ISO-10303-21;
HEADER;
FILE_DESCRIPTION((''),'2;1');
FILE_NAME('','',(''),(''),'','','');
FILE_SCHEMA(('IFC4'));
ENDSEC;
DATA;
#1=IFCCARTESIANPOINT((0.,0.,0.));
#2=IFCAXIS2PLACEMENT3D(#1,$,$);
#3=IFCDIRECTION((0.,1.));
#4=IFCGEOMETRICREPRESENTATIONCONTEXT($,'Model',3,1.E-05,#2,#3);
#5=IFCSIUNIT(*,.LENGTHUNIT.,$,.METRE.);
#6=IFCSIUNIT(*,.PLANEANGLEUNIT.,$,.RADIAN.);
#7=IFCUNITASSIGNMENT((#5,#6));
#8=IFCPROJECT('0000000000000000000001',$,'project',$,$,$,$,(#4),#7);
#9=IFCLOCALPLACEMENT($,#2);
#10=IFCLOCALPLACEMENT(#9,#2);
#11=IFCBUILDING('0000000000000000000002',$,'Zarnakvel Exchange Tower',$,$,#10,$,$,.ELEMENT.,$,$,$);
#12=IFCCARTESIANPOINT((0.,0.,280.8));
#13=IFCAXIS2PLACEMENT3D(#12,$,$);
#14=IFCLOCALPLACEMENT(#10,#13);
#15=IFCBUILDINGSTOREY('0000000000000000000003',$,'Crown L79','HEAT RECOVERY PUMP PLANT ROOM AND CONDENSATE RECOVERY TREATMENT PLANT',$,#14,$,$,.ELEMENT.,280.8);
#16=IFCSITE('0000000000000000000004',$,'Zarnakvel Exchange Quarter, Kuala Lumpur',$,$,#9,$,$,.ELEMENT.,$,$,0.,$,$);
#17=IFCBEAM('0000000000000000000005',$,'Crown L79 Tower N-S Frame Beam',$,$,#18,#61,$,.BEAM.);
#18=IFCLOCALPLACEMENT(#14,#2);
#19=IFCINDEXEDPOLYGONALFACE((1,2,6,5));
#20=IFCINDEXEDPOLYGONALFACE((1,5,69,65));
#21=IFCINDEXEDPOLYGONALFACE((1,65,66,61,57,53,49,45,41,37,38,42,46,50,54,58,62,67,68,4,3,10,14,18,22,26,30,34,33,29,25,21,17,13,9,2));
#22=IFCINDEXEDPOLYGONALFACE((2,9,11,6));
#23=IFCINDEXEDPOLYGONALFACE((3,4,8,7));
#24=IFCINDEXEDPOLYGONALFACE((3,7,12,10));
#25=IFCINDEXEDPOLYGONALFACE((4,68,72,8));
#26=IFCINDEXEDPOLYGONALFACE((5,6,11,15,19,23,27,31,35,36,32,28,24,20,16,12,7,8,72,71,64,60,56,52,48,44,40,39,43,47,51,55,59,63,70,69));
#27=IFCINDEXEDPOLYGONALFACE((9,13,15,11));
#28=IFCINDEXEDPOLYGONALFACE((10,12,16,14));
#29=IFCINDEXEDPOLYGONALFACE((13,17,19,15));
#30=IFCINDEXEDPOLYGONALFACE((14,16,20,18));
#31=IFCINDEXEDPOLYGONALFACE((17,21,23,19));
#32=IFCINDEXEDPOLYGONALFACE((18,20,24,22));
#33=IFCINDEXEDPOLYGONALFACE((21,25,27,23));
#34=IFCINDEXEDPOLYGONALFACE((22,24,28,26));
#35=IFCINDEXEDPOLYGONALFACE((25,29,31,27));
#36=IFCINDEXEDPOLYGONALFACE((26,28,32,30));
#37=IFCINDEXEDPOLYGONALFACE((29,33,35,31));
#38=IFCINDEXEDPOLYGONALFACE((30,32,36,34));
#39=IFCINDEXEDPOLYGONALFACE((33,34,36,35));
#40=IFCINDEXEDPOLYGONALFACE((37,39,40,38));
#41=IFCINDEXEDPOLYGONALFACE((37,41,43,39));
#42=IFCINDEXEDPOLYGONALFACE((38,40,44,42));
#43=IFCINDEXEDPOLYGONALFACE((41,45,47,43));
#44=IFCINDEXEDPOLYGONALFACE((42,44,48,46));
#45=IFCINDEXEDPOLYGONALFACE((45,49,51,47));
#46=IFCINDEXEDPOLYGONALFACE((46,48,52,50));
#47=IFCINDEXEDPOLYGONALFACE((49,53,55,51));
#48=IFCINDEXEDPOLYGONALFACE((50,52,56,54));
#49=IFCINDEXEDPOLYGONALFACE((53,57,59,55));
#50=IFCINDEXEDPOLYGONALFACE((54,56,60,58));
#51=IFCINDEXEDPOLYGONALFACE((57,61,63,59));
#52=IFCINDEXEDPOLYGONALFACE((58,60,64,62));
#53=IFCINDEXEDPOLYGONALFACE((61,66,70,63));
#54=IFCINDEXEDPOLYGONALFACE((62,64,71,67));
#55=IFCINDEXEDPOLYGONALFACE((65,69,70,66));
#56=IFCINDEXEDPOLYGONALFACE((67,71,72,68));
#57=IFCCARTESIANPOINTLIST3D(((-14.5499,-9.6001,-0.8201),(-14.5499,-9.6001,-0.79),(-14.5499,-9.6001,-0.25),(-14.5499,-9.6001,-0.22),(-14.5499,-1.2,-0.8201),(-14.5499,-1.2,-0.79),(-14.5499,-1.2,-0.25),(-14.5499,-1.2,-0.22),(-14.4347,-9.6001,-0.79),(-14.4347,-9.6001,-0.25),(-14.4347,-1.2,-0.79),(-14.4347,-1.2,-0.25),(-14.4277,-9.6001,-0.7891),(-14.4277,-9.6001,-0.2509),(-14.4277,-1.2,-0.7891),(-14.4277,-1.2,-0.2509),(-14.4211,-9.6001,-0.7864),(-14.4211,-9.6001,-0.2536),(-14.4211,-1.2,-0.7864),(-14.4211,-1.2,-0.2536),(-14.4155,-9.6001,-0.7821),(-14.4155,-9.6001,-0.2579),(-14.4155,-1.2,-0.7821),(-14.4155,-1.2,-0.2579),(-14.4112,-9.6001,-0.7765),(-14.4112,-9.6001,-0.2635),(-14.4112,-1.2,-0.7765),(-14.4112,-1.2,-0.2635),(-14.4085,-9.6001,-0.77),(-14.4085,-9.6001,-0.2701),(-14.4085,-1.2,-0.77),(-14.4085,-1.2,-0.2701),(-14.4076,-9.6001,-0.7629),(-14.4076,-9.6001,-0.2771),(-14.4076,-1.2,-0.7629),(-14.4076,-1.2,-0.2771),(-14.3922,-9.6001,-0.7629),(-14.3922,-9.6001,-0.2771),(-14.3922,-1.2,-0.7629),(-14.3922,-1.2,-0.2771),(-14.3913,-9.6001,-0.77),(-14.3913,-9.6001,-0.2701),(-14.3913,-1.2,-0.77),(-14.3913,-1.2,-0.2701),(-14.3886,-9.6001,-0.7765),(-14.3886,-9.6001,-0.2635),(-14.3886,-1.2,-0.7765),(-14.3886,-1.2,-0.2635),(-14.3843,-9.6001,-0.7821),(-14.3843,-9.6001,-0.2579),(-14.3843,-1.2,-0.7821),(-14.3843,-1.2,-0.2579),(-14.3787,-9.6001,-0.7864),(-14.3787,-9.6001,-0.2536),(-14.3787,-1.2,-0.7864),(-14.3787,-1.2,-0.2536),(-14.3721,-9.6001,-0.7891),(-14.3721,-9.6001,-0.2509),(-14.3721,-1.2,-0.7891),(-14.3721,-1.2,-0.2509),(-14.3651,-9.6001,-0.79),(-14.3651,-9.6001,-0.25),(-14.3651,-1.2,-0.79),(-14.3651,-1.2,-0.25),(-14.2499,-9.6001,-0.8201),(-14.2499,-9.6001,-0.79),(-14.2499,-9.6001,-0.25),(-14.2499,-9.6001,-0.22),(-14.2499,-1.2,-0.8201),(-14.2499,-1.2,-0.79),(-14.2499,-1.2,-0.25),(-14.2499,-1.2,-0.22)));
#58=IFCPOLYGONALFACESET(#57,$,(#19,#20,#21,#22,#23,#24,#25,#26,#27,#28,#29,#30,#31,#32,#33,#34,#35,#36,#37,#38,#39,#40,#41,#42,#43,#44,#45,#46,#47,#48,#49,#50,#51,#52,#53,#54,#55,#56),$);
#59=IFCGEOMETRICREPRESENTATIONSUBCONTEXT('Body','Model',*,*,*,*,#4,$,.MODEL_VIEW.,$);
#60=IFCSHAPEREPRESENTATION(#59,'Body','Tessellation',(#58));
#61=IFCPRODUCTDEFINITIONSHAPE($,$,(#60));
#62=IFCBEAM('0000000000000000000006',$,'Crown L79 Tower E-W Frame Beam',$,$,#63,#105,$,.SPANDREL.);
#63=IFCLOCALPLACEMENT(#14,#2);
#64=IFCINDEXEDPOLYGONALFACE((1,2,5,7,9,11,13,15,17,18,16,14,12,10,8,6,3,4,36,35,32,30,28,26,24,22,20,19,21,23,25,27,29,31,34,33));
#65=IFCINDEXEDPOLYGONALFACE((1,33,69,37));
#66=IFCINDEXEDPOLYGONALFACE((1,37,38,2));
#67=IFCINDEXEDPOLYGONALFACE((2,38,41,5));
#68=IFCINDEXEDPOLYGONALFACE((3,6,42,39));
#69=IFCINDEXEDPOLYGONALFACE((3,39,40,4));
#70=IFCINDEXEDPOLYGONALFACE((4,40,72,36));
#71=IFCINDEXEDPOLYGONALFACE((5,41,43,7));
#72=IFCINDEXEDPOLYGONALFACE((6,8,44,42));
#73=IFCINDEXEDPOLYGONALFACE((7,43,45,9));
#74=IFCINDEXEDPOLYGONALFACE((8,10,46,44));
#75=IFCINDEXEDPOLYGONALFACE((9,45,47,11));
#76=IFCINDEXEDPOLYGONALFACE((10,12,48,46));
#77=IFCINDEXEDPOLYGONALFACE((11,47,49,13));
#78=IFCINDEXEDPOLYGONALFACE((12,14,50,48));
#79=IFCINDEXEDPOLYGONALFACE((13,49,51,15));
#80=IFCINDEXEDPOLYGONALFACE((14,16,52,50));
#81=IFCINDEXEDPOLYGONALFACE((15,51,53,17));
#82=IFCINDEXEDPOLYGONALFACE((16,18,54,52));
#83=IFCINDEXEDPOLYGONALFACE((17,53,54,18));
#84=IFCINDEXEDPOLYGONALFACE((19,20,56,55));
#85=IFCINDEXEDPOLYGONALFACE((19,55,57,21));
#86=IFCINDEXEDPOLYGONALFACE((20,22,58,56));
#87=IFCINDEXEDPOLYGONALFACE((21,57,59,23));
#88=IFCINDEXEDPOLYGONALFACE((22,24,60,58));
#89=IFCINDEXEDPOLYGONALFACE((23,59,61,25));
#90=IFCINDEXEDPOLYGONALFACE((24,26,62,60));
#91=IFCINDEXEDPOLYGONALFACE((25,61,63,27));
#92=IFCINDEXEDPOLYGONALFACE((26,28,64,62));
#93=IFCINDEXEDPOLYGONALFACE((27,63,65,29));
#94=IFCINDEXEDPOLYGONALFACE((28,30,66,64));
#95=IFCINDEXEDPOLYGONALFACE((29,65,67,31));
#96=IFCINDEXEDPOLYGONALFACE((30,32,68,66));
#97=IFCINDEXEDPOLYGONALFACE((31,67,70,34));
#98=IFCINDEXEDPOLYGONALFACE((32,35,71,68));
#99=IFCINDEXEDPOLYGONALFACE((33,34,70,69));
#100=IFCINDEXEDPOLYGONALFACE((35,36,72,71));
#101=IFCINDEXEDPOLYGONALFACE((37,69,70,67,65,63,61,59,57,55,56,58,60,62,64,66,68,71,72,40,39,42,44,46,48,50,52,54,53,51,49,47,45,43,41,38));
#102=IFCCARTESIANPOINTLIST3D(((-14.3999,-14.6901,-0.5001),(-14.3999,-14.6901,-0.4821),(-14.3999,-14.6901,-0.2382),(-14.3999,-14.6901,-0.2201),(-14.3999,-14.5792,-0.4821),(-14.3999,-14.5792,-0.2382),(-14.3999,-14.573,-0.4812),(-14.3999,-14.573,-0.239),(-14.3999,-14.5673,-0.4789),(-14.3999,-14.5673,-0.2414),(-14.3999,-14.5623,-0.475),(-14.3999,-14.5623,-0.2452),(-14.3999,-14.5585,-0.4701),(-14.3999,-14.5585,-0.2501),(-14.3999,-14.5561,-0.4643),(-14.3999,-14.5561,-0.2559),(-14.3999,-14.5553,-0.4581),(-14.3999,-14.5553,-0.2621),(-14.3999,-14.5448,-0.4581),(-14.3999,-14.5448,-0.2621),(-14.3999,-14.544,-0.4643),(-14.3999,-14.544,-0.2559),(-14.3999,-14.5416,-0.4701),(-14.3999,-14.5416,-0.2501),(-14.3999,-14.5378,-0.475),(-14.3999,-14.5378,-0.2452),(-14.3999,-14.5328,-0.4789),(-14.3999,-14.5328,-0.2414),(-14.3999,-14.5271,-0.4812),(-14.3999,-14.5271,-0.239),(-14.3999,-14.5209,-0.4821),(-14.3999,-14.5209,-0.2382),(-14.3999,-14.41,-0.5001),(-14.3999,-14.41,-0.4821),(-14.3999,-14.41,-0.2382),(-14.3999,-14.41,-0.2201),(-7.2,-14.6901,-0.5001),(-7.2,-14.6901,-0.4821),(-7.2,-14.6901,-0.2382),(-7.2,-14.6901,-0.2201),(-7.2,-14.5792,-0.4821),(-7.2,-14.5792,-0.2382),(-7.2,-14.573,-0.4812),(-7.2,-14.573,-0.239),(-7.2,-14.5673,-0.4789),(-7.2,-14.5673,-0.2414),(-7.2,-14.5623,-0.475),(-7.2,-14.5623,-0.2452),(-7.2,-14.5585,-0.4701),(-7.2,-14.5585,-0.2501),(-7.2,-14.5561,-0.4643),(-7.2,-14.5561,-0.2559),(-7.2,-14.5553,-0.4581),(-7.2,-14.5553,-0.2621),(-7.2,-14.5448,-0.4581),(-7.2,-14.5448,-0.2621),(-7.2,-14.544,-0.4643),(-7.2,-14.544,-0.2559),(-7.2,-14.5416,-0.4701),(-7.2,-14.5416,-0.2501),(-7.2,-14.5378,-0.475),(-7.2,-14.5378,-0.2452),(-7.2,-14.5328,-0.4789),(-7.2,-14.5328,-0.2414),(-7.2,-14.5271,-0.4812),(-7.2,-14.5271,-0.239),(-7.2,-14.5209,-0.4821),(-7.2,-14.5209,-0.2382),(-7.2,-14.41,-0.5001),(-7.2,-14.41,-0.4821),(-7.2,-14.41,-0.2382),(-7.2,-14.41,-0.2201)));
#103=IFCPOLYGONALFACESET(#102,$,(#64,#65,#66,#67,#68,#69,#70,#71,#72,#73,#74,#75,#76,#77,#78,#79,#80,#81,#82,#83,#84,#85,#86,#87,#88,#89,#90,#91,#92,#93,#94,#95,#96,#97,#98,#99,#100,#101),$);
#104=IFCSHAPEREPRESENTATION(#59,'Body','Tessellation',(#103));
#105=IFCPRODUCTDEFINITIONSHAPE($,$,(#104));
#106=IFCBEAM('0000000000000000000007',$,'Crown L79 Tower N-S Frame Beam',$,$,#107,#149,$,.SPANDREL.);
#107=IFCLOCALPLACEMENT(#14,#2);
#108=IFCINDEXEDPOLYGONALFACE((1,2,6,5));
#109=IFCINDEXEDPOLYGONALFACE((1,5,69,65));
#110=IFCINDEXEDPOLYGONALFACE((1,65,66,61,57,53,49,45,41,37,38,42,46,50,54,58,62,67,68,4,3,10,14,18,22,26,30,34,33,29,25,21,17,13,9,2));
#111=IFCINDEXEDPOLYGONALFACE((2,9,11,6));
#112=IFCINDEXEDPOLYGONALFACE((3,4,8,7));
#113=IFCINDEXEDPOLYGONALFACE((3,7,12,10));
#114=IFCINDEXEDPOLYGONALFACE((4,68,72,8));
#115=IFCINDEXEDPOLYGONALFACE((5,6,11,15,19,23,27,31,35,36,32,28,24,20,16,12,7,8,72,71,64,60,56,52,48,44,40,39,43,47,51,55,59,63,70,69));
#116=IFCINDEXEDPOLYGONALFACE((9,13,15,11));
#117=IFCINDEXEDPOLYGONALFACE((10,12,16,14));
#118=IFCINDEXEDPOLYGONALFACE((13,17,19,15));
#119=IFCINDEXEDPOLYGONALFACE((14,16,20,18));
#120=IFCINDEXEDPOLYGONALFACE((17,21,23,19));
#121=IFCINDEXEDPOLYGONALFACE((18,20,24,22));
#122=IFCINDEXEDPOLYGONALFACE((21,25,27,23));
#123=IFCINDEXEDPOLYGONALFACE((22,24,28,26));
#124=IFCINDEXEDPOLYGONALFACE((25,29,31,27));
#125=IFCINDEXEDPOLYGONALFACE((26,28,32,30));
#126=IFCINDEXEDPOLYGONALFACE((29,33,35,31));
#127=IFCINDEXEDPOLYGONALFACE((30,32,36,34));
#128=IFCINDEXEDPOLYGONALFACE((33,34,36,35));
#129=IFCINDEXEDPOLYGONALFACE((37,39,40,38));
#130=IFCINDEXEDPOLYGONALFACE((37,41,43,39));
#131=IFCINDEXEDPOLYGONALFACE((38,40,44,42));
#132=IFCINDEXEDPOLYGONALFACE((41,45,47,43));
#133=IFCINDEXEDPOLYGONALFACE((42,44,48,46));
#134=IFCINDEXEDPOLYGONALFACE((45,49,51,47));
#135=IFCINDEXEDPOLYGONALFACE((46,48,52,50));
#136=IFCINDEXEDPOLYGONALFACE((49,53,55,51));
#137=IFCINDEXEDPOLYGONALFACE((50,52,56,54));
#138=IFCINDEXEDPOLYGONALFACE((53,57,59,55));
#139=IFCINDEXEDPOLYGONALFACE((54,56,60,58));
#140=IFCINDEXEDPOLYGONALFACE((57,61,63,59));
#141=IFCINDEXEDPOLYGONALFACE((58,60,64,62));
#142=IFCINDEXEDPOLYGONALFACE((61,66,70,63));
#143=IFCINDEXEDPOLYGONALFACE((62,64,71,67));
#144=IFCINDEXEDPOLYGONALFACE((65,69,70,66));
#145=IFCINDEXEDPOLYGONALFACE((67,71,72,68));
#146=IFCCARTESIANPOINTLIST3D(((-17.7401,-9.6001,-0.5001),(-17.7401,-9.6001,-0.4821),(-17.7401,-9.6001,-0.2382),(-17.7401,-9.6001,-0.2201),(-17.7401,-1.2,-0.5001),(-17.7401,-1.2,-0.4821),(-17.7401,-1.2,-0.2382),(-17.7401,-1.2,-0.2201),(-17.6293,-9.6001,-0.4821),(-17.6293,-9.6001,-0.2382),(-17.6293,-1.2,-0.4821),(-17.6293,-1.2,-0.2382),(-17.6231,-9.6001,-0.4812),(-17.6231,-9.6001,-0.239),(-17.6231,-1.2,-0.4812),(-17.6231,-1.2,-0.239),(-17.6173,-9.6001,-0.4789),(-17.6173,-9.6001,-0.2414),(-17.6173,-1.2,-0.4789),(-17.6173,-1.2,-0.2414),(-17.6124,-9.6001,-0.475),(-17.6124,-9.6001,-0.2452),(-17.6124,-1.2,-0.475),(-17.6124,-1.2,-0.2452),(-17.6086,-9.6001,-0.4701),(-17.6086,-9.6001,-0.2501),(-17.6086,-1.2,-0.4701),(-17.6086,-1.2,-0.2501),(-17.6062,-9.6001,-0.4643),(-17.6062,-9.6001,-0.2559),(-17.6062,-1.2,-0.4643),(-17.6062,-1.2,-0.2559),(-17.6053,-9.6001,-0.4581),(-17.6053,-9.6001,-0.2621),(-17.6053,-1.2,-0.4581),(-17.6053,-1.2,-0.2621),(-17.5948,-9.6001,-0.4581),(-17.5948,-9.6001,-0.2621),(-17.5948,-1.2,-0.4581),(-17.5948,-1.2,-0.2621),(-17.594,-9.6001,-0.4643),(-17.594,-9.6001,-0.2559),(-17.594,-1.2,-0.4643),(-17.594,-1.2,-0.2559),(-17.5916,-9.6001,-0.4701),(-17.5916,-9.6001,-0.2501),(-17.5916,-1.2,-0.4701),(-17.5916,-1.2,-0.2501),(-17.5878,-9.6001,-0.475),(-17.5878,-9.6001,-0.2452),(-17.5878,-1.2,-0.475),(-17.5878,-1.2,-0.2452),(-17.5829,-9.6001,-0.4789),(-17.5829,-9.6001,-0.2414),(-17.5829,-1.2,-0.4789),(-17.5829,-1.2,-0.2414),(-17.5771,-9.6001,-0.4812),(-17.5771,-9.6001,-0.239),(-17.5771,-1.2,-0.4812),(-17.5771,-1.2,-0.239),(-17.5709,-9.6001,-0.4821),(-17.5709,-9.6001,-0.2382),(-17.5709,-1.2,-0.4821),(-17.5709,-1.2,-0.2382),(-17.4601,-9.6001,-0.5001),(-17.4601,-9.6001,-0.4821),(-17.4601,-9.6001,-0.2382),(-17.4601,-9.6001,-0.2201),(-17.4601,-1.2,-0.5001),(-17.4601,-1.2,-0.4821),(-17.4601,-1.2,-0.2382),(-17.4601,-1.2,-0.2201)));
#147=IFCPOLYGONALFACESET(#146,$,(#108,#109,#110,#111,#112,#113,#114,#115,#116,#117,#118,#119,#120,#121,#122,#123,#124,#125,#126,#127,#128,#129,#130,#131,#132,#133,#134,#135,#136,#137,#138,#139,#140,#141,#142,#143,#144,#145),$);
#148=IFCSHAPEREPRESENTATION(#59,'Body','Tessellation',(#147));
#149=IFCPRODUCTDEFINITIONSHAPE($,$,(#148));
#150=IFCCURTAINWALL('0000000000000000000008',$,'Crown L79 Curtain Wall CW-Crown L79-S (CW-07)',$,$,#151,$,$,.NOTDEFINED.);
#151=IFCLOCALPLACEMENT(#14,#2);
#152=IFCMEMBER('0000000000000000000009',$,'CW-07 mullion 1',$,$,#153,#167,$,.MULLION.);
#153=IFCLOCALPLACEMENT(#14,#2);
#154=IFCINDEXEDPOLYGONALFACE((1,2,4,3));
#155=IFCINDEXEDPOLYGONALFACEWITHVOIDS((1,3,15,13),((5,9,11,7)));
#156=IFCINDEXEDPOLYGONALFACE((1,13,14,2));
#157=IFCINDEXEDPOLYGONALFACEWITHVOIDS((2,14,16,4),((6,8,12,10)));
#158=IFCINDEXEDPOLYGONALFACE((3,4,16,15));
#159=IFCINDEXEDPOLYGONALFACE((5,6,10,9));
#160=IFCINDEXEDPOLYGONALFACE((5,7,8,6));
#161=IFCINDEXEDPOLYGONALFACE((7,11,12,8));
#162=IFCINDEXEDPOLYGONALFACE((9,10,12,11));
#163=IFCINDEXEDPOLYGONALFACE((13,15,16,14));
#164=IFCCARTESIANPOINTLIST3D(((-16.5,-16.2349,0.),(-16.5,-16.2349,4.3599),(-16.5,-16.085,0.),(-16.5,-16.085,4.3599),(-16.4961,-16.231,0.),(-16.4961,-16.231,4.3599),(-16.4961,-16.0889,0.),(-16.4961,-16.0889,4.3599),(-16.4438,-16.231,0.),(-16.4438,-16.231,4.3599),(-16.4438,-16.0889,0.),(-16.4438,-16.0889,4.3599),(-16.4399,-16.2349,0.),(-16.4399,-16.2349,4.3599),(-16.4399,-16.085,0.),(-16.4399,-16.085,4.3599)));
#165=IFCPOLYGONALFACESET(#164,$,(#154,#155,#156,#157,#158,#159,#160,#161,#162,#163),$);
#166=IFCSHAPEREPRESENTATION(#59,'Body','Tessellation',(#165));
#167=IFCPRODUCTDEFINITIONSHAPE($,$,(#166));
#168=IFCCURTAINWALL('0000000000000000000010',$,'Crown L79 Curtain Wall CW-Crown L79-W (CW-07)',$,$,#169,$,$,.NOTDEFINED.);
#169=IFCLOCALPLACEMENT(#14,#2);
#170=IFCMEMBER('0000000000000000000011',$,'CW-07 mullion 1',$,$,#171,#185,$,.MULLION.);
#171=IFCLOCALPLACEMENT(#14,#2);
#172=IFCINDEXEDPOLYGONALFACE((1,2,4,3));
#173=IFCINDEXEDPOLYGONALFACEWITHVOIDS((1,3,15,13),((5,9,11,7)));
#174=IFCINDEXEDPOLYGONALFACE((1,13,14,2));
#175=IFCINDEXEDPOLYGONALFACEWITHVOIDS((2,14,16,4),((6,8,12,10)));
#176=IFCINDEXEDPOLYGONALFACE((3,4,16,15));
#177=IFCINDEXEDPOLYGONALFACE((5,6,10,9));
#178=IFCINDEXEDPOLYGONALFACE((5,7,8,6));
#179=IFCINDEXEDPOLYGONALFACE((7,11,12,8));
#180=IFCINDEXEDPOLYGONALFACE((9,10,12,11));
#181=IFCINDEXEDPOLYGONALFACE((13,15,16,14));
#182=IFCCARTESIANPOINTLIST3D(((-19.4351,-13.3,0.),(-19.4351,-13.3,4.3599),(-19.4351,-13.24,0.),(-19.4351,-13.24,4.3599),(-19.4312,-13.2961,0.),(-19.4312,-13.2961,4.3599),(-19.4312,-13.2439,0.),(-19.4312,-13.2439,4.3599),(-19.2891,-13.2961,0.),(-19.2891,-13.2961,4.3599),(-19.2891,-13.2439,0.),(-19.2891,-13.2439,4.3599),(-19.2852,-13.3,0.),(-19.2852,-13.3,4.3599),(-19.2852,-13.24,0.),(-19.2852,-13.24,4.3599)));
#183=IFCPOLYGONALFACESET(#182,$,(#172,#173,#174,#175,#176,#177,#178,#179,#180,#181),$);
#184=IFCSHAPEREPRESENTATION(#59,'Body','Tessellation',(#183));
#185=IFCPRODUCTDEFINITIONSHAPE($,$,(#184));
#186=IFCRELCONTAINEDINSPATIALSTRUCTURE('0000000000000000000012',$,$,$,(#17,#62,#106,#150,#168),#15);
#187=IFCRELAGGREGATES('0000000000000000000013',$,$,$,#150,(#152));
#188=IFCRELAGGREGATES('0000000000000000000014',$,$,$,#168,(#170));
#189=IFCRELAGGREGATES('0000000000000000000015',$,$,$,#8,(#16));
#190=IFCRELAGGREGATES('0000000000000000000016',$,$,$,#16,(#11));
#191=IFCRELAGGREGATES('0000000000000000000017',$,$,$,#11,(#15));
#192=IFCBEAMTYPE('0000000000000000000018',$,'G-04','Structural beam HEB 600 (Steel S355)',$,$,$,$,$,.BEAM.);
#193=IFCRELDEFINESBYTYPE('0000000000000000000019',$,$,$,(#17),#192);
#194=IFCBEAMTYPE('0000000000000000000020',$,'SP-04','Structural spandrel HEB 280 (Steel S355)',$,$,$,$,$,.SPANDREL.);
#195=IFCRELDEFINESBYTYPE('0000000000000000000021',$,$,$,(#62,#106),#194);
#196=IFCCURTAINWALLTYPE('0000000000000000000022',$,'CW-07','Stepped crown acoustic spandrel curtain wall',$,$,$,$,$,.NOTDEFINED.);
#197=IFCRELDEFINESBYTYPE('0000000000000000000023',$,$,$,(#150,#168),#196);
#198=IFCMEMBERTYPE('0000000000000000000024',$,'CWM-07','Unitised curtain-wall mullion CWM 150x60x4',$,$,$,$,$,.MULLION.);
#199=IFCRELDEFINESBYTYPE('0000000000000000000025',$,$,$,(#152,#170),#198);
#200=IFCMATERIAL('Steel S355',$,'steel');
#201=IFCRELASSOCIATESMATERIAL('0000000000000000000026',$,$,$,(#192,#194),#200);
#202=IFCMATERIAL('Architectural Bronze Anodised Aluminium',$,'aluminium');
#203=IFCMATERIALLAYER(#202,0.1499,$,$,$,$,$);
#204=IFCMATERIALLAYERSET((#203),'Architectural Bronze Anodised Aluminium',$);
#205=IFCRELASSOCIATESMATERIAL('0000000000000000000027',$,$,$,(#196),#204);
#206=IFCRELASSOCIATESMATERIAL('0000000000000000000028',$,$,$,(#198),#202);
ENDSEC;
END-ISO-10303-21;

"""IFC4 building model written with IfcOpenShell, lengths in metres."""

from ifc_helpers import new_model, si_unit, direction, frame, origin, origin_2d, place, context, subcontext, project, spatial, hollow_rectangle, i_section, extrude, source, transform, mapped, material, layer, layer_set, material_profile, profile_set, type_object, element, aggregate, save


model = new_model("IFC4")

# Units and contexts
model_context = context("Model", 3, precision=1e-05, world=origin(), true_north=direction((0.0, 1.0)))
body_context = subcontext(model_context, "Body", "Model", "MODEL_VIEW")
ifc_project = project(units=[si_unit("LENGTHUNIT", "METRE"), si_unit("PLANEANGLEUNIT", "RADIAN")], contexts=[model_context])

# Site, building, storey
site_placement = place(None, origin())
site = spatial("IfcSite", under=ifc_project, at=site_placement, Name="Zarnakvel Exchange Quarter, Kuala Lumpur", CompositionType="ELEMENT", RefElevation=0.0)
building_placement = place(site_placement, origin())
building = spatial("IfcBuilding", under=site, at=building_placement, Name="Zarnakvel Exchange Tower", CompositionType="ELEMENT")
storey_placement = place(building_placement, frame((0.0, 0.0, 280.8)))
storey = spatial("IfcBuildingStorey", under=building, at=storey_placement, Name="Crown L79", Description="HEAT RECOVERY PUMP PLANT ROOM AND CONDENSATE RECOVERY TREATMENT PLANT", CompositionType="ELEMENT", Elevation=280.8)

# Shared definitions
ifc_material_1 = material(Name="Steel S355", Category="steel")

# Beams
ifc_material_profile_1 = material_profile(ifc_material_1, i_section(OverallWidth=0.3, OverallDepth=0.6001, WebThickness=0.0154, FlangeThickness=0.03, FilletRadius=0.0271, at=origin_2d()))
ifc_profile_set_1 = profile_set([ifc_material_profile_1], Name="Steel S355")
beam_type_1 = type_object("IfcBeamType", Name="G-04", Description="Structural beam HEB 600 (Steel S355)", PredefinedType="BEAM", material=ifc_profile_set_1)
beam_1_placement = place(storey_placement, frame((-14.3999, -9.6001, -0.52), z_axis=(0.0, 1.0, 0.0), x_axis=(-1.0, 0.0, 0.0)))
element("IfcBeam", 1, at=beam_1_placement, inside=storey, type_object=beam_type_1, Name="Crown L79 Tower N-S Frame Beam", PredefinedType="BEAM", context=body_context, shape_type="SweptSolid", body=[
    extrude(i_section(OverallWidth=0.3, OverallDepth=0.6001, WebThickness=0.0154, FlangeThickness=0.03, FilletRadius=0.0271, at=origin_2d()), origin(), (0.0, 0.0, 1.0), 8.4001),
])
ifc_material_profile_2 = material_profile(ifc_material_1, i_section(OverallWidth=0.28, OverallDepth=0.28, WebThickness=0.0105, FlangeThickness=0.0181, FilletRadius=0.0239, at=origin_2d()))
ifc_profile_set_2 = profile_set([ifc_material_profile_2], Name="Steel S355")
beam_type_2 = type_object("IfcBeamType", Name="SP-04", Description="Structural spandrel HEB 280 (Steel S355)", PredefinedType="SPANDREL", material=ifc_profile_set_2)
beam_2_placement = place(storey_placement, frame((-14.3999, -14.55, -0.3601), z_axis=(1.0, 0.0, 0.0), x_axis=(0.0, 1.0, 0.0)))
element("IfcBeam", 2, at=beam_2_placement, inside=storey, type_object=beam_type_2, Name="Crown L79 Tower E-W Frame Beam", PredefinedType="SPANDREL", context=body_context, shape_type="SweptSolid", body=[
    extrude(i_section(OverallWidth=0.28, OverallDepth=0.28, WebThickness=0.0105, FlangeThickness=0.0181, FilletRadius=0.0239, at=origin_2d()), origin(), (0.0, 0.0, 1.0), 7.2),
])
beam_3_placement = place(storey_placement, frame((-17.6001, -9.6001, -0.3601), z_axis=(0.0, 1.0, 0.0), x_axis=(-1.0, 0.0, 0.0)))
element("IfcBeam", 3, at=beam_3_placement, inside=storey, type_object=beam_type_2, Name="Crown L79 Tower N-S Frame Beam", PredefinedType="SPANDREL", context=body_context, shape_type="SweptSolid", body=[
    extrude(i_section(OverallWidth=0.28, OverallDepth=0.28, WebThickness=0.0105, FlangeThickness=0.0181, FilletRadius=0.0239, at=origin_2d()), origin(), (0.0, 0.0, 1.0), 8.4001),
])

# Curtain wall, member
ifc_material_2 = material(Name="Architectural Bronze Anodised Aluminium", Category="aluminium")
ifc_layer_1 = layer(ifc_material_2, 0.1499)
ifc_layer_set_1 = layer_set([ifc_layer_1], Name="Architectural Bronze Anodised Aluminium")
curtain_wall_type = type_object("IfcCurtainWallType", Name="CW-07", Description="Stepped crown acoustic spandrel curtain wall", PredefinedType="NOTDEFINED", material=ifc_layer_set_1)
curtain_wall_1_placement = place(storey_placement, origin())
curtain_wall_1 = element("IfcCurtainWall", 4, at=curtain_wall_1_placement, inside=storey, type_object=curtain_wall_type, Name="Crown L79 Curtain Wall CW-Crown L79-S (CW-07)", PredefinedType="NOTDEFINED")
ifc_material_profile_3 = material_profile(ifc_material_2, hollow_rectangle(XDim=0.1499, YDim=0.0601, WallThickness=0.0039, at=origin_2d()))
ifc_profile_set_3 = profile_set([ifc_material_profile_3], Name="Architectural Bronze Anodised Aluminium")
member_type_1 = type_object("IfcMemberType", Name="CWM-07", Description="Unitised curtain-wall mullion CWM 150x60x4", PredefinedType="MULLION", material=ifc_profile_set_3)
shared_shape_1 = source(origin(), body_context, "Body", "SweptSolid", [
    extrude(hollow_rectangle(XDim=0.1499, YDim=0.0601, WallThickness=0.0039, at=origin_2d()), origin(), (0.0, 0.0, 1.0), 4.3599),
])
member_1_placement = place(storey_placement, frame((-16.47, -16.1599, 0.0), z_axis=(0.0, 0.0, 1.0), x_axis=(0.0, 1.0, 0.0)))
member_1 = element("IfcMember", 5, at=member_1_placement, type_object=member_type_1, Name="CW-07 mullion 1", PredefinedType="MULLION", context=body_context, shape_type="MappedRepresentation", body=[
    mapped(shared_shape_1, transform((0.0, 0.0, 0.0), x_axis=(1.0, 0.0, 0.0), y_axis=(0.0, 1.0, 0.0), z_axis=(0.0, 0.0, 1.0), scale=1.0)),
])

# Curtain wall, member
curtain_wall_2_placement = place(storey_placement, origin())
curtain_wall_2 = element("IfcCurtainWall", 6, at=curtain_wall_2_placement, inside=storey, type_object=curtain_wall_type, Name="Crown L79 Curtain Wall CW-Crown L79-W (CW-07)", PredefinedType="NOTDEFINED")
member_2_placement = place(storey_placement, frame((-19.3601, -13.27, 0.0), z_axis=(0.0, 0.0, 1.0), x_axis=(-1.0, 0.0, 0.0)))
member_2 = element("IfcMember", 7, at=member_2_placement, type_object=member_type_1, Name="CW-07 mullion 1", PredefinedType="MULLION", context=body_context, shape_type="MappedRepresentation", body=[
    mapped(shared_shape_1, transform((0.0, 0.0, 0.0), x_axis=(1.0, 0.0, 0.0), y_axis=(0.0, 1.0, 0.0), z_axis=(0.0, 0.0, 1.0), scale=1.0)),
])

aggregate(curtain_wall_1, [member_1])

aggregate(curtain_wall_2, [member_2])

save(model, "model.ifc")
